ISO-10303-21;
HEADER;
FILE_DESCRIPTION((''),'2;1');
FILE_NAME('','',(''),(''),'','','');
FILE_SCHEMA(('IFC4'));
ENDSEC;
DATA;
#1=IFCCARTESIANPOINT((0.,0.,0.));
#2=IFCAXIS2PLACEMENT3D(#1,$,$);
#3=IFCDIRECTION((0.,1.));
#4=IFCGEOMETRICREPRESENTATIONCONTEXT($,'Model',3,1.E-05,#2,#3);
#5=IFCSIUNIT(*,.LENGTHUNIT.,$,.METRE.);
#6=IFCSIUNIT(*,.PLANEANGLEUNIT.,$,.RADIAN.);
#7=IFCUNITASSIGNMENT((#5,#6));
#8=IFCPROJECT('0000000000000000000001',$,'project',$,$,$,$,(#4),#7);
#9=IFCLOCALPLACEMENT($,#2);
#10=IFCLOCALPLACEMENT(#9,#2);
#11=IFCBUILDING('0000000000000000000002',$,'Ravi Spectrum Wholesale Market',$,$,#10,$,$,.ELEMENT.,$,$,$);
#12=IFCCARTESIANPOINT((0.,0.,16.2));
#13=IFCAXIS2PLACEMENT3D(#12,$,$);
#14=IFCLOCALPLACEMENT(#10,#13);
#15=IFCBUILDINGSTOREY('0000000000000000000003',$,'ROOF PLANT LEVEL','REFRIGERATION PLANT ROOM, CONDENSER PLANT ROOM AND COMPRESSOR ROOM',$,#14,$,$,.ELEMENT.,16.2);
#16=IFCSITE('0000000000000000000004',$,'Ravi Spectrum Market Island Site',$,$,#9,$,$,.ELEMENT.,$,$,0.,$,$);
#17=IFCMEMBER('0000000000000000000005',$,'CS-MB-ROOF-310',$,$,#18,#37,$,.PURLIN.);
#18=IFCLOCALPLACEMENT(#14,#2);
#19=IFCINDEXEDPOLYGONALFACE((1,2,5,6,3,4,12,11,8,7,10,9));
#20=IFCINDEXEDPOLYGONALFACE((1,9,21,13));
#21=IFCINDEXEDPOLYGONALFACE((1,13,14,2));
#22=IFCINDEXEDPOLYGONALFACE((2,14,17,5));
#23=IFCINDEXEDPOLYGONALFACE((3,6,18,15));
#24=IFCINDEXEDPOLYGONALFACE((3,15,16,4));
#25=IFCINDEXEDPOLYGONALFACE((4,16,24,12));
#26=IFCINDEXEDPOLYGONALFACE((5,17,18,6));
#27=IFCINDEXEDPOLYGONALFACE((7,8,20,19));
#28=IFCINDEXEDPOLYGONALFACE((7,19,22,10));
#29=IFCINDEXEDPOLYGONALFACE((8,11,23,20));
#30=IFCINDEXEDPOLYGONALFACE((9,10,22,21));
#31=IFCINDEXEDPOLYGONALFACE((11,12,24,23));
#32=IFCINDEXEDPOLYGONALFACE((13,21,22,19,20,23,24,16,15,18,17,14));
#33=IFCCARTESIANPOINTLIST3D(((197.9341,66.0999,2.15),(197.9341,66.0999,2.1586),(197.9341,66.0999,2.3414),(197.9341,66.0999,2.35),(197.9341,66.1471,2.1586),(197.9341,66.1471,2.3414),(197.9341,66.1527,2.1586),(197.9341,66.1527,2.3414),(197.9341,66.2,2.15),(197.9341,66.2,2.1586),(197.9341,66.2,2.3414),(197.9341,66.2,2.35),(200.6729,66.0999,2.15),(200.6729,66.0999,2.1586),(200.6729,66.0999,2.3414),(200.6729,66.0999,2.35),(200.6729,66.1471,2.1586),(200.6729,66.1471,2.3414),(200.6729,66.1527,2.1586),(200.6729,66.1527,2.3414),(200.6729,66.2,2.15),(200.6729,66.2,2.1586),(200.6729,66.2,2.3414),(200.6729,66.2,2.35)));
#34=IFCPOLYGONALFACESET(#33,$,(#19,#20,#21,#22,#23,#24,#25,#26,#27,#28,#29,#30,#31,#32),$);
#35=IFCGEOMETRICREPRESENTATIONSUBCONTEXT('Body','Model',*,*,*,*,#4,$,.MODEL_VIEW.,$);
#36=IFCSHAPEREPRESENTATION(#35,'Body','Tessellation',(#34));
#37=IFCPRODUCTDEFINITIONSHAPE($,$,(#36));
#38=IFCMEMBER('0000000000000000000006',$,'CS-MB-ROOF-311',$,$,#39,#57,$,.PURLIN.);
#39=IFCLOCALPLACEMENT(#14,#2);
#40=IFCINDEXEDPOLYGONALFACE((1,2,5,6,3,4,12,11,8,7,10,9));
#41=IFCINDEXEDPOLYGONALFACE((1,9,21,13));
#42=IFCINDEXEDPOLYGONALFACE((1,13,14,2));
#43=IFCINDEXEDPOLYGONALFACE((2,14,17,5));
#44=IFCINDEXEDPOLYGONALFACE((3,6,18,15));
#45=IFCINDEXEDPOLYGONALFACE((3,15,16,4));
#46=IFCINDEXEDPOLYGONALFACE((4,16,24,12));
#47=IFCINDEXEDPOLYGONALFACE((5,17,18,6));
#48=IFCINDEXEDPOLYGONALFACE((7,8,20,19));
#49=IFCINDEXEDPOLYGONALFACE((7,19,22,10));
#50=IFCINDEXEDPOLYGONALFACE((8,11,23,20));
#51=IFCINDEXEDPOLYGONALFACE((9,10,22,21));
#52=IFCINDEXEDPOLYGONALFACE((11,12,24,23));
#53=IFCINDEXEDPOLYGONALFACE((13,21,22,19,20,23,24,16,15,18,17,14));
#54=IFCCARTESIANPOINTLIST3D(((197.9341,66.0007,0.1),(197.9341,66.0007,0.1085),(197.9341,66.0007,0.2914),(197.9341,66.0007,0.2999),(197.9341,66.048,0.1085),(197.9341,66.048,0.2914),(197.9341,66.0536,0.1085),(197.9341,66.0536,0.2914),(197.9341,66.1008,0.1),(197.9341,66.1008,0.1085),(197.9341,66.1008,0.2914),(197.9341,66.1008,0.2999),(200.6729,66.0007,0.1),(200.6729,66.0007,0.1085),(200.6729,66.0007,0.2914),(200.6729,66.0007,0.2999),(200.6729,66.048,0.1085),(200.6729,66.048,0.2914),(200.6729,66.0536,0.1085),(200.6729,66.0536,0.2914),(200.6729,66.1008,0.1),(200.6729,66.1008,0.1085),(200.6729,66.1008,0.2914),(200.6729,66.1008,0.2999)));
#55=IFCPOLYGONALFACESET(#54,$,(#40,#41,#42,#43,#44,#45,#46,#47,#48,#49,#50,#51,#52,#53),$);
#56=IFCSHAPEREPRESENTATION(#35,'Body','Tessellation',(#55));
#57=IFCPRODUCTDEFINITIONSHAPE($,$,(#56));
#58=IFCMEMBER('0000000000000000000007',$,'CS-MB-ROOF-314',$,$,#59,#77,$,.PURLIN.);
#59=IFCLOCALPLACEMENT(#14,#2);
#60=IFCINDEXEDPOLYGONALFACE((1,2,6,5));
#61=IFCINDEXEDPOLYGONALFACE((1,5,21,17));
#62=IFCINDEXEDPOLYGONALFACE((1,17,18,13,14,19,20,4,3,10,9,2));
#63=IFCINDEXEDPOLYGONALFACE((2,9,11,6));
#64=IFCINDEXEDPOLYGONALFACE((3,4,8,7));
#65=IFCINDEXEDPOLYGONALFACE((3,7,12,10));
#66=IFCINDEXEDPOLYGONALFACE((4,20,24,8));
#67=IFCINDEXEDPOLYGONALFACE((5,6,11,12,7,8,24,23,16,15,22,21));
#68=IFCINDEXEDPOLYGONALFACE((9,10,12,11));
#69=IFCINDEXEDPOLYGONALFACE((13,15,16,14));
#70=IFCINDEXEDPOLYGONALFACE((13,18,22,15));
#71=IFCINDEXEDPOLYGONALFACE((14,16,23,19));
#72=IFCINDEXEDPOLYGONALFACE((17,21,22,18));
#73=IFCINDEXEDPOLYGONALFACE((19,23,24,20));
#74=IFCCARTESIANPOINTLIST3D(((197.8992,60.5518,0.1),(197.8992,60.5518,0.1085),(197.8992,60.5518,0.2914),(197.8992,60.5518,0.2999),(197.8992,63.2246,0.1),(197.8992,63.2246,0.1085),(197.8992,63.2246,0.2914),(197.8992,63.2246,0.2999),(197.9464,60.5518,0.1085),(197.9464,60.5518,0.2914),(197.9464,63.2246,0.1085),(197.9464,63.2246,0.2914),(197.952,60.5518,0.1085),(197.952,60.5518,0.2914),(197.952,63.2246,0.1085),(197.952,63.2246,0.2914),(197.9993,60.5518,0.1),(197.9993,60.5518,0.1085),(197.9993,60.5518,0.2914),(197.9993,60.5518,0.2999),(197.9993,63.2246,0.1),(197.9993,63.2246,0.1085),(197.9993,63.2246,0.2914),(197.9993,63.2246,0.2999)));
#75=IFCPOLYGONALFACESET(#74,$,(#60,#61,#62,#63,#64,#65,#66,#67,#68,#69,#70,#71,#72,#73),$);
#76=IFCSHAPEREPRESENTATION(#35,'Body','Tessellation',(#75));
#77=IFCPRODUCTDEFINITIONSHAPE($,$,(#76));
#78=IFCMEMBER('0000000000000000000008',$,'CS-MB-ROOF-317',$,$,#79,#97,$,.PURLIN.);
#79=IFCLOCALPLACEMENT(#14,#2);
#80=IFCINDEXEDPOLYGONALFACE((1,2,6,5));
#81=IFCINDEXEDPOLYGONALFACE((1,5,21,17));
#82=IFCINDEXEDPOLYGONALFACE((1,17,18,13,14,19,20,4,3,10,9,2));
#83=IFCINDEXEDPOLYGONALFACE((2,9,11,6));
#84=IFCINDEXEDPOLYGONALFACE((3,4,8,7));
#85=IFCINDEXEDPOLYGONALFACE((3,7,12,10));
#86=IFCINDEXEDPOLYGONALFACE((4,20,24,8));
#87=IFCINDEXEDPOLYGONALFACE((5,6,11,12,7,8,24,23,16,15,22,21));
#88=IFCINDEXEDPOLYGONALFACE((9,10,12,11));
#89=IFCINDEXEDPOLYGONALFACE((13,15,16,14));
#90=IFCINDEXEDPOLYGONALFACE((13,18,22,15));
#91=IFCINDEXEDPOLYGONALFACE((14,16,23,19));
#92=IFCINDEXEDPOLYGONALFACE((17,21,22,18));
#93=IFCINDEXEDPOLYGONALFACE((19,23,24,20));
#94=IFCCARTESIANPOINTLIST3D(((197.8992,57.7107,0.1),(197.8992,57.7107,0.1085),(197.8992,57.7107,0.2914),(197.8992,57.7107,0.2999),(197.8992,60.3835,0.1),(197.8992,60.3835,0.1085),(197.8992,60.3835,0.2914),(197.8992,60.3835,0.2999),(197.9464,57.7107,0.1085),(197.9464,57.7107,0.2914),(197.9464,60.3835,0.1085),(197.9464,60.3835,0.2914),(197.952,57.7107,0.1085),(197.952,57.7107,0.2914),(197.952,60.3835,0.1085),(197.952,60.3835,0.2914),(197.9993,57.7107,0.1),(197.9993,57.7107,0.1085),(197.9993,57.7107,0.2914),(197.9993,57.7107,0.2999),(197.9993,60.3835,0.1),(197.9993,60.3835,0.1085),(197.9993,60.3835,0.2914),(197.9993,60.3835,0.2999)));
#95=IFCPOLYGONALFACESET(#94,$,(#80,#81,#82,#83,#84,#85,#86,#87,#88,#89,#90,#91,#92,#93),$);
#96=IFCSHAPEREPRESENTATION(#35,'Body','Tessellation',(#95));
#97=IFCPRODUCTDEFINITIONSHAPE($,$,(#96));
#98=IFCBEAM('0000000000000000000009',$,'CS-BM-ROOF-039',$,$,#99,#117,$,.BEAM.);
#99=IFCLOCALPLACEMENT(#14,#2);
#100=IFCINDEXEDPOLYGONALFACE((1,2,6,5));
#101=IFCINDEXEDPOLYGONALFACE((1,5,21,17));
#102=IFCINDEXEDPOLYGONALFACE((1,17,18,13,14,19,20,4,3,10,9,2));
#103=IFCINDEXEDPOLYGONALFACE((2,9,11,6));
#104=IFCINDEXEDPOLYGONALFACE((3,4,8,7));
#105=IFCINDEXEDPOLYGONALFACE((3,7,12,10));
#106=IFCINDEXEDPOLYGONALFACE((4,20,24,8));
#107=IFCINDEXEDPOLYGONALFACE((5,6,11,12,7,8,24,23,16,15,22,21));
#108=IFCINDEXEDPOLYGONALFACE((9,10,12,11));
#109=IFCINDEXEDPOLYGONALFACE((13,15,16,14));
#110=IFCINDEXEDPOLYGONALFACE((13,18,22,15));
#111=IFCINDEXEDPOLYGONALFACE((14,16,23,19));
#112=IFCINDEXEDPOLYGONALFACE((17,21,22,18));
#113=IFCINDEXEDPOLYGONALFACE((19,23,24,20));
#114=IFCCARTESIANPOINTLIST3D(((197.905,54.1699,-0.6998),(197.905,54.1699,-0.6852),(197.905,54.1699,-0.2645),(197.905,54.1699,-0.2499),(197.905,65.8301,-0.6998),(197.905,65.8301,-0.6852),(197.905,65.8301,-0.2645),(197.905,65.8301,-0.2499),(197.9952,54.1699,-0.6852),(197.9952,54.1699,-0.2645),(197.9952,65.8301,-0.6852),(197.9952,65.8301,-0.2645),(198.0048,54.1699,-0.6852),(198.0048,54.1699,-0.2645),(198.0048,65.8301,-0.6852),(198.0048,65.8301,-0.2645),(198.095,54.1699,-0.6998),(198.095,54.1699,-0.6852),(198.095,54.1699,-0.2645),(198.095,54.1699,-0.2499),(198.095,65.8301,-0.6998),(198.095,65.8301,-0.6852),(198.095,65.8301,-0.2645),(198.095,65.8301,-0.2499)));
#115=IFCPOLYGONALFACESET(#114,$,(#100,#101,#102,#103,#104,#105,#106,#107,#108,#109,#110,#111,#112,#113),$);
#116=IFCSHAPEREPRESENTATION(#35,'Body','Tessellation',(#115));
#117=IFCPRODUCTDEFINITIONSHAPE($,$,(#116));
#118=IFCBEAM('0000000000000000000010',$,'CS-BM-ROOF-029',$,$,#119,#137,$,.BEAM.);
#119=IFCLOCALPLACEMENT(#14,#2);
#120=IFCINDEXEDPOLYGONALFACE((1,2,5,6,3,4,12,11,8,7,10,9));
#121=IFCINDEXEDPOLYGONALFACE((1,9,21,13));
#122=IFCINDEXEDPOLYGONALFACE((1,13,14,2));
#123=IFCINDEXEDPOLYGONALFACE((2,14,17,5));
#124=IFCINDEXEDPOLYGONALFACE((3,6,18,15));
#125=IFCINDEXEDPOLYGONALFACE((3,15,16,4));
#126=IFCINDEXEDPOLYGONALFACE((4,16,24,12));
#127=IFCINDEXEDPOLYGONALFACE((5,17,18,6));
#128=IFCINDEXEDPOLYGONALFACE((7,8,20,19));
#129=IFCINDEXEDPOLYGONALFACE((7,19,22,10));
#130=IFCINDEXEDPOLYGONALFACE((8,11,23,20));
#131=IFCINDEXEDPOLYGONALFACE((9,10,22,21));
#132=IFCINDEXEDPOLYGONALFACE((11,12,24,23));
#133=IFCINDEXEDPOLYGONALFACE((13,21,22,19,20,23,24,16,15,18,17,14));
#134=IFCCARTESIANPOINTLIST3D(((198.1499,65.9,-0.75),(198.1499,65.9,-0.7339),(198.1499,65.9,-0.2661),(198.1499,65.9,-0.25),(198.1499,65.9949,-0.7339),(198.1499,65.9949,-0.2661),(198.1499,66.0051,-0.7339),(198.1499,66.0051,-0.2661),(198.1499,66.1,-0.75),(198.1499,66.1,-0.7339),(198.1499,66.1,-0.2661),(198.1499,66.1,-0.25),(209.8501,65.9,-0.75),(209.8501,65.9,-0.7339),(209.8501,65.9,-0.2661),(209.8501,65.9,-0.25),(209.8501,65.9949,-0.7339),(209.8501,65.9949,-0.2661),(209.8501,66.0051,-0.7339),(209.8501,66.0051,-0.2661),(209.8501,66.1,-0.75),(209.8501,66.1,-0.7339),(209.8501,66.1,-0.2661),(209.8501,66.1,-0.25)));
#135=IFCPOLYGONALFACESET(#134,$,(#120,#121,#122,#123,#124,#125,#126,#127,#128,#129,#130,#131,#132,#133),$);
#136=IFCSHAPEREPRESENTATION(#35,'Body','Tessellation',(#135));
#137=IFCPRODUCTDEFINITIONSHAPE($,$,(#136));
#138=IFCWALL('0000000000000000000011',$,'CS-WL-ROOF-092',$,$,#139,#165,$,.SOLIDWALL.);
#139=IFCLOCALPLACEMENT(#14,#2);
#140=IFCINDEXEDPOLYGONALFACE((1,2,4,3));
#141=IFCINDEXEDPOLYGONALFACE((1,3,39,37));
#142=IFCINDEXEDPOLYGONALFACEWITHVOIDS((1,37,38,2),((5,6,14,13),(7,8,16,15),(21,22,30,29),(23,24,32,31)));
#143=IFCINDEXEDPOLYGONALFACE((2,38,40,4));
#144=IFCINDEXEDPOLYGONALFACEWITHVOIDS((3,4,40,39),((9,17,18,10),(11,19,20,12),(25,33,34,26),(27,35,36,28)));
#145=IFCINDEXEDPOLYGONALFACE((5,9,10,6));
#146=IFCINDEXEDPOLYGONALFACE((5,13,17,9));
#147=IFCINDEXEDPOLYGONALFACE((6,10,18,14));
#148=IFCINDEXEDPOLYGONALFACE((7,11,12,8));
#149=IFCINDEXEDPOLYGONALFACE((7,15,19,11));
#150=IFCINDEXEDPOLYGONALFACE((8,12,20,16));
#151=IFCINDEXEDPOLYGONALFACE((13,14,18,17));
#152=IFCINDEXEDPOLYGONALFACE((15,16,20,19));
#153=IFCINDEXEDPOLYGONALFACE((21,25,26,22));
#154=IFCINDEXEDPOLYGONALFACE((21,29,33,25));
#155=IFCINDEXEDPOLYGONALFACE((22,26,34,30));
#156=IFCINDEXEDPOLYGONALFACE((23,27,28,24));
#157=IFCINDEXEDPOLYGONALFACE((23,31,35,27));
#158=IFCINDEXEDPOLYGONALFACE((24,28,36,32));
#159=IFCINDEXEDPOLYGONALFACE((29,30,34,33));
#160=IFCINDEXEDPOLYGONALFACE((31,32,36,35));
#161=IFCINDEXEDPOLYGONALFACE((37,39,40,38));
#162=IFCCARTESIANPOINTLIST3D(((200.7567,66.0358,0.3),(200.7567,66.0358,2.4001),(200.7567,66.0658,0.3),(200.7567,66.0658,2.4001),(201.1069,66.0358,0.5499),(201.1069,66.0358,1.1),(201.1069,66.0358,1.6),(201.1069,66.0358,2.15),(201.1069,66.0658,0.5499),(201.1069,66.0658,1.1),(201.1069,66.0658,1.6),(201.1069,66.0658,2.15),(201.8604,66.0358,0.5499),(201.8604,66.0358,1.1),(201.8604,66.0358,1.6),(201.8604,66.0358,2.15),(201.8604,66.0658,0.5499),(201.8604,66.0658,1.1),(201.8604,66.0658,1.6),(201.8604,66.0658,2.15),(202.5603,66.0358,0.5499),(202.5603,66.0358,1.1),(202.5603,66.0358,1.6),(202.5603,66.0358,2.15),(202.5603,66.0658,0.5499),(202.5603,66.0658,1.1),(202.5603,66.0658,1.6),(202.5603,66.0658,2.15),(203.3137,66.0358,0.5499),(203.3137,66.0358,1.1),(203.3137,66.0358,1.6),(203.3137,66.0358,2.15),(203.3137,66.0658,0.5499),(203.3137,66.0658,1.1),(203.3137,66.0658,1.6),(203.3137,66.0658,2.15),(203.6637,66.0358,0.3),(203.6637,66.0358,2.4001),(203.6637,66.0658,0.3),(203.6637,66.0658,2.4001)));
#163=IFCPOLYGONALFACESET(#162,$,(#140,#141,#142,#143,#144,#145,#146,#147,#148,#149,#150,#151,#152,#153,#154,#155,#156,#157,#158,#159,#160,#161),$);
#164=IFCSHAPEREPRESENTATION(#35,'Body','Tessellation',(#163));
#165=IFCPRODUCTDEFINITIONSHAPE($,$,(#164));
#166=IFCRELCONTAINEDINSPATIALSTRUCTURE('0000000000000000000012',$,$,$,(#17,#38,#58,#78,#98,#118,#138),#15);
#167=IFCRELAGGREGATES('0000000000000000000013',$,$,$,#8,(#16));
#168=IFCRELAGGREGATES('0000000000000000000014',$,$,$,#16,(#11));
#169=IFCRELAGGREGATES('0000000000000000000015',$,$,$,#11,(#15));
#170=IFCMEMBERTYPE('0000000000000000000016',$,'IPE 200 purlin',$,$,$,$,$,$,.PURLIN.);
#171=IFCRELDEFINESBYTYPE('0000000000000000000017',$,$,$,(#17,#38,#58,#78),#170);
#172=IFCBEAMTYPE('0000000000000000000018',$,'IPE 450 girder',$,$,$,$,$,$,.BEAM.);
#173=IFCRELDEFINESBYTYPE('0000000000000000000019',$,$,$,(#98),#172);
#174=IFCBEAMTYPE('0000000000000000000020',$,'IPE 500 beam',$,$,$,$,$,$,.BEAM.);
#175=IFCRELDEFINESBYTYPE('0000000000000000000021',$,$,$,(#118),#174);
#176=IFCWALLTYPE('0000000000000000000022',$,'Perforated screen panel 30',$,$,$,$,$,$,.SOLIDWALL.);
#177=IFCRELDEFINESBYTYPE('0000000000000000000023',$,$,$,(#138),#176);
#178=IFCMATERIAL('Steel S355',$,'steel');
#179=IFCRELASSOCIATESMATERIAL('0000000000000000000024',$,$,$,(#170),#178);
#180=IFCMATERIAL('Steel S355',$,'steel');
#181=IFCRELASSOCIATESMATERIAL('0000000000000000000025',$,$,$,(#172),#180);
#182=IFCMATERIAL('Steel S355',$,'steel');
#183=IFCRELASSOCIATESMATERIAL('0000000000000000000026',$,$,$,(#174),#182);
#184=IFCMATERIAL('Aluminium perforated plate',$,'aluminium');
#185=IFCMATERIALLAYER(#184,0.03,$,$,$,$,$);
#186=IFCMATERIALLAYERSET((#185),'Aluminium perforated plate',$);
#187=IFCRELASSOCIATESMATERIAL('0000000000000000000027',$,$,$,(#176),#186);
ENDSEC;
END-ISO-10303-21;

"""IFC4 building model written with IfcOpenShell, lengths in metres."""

from ifc_helpers import new_model, si_unit, direction, frame, frame_2d, origin, origin_2d, place, context, subcontext, project, spatial, rectangle, i_section, extrude, material, layer, layer_set, material_profile, profile_set, type_object, element, save


model = new_model("IFC4")

# Units and contexts
model_context = context("Model", 3, precision=1e-05, world=origin(), true_north=direction((0.0, 1.0)))
body_context = subcontext(model_context, "Body", "Model", "MODEL_VIEW")
ifc_project = project(units=[si_unit("LENGTHUNIT", "METRE"), si_unit("PLANEANGLEUNIT", "RADIAN")], contexts=[model_context])

# Site, building, storey
site_placement = place(None, origin())
site = spatial("IfcSite", under=ifc_project, at=site_placement, Name="Ravi Spectrum Market Island Site", CompositionType="ELEMENT", RefElevation=0.0)
building_placement = place(site_placement, origin())
building = spatial("IfcBuilding", under=site, at=building_placement, Name="Ravi Spectrum Wholesale Market", CompositionType="ELEMENT")
storey_placement = place(building_placement, frame((0.0, 0.0, 16.2)))
storey = spatial("IfcBuildingStorey", under=building, at=storey_placement, Name="ROOF PLANT LEVEL", Description="REFRIGERATION PLANT ROOM, CONDENSER PLANT ROOM AND COMPRESSOR ROOM", CompositionType="ELEMENT", Elevation=16.2)

# Members
ifc_material_1 = material(Name="Steel S355", Category="steel")
ifc_material_profile_1 = material_profile(ifc_material_1, i_section(OverallWidth=0.1001, OverallDepth=0.2, WebThickness=0.0056, FlangeThickness=0.0085, at=origin_2d()))
ifc_profile_set_1 = profile_set([ifc_material_profile_1], Name="Steel S355")
member_type_1 = type_object("IfcMemberType", Name="IPE 200 purlin", PredefinedType="PURLIN", material=ifc_profile_set_1)
for number, where, z_axis, x_axis, name in (
    (1, (200.6729, 66.1499, 2.25), (-1.0, 0.0, 0.0), (0.0, -1.0, 0.0), "CS-MB-ROOF-310"),
    (2, (200.6729, 66.0508, 0.2), (-1.0, 0.0, 0.0), (0.0, -1.0, 0.0), "CS-MB-ROOF-311"),
):
    element("IfcMember", number, at=place(storey_placement, frame(where, z_axis=z_axis, x_axis=x_axis)), inside=storey, type_object=member_type_1, Name=name, PredefinedType="PURLIN", context=body_context, shape_type="SweptSolid", body=[
        extrude(i_section(OverallWidth=0.1001, OverallDepth=0.2, WebThickness=0.0056, FlangeThickness=0.0085, at=origin_2d()), origin(), (0.0, 0.0, 1.0), 2.7388),
    ])
for number, where, z_axis, x_axis, name in (
    (3, (197.9492, 63.2246, 0.2), (0.0, -1.0, 0.0), (1.0, 0.0, 0.0), "CS-MB-ROOF-314"),
    (4, (197.9492, 60.3835, 0.2), (0.0, -1.0, 0.0), (1.0, 0.0, 0.0), "CS-MB-ROOF-317"),
):
    element("IfcMember", number, at=place(storey_placement, frame(where, z_axis=z_axis, x_axis=x_axis)), inside=storey, type_object=member_type_1, Name=name, PredefinedType="PURLIN", context=body_context, shape_type="SweptSolid", body=[
        extrude(i_section(OverallWidth=0.1001, OverallDepth=0.2, WebThickness=0.0056, FlangeThickness=0.0085, at=origin_2d()), origin(), (0.0, 0.0, 1.0), 2.6729),
    ])

# Beams
ifc_material_2 = material(Name="Steel S355", Category="steel")
ifc_material_profile_2 = material_profile(ifc_material_2, i_section(OverallWidth=0.1899, OverallDepth=0.45, WebThickness=0.0095, FlangeThickness=0.0146, at=origin_2d()))
ifc_profile_set_2 = profile_set([ifc_material_profile_2], Name="Steel S355")
beam_type_1 = type_object("IfcBeamType", Name="IPE 450 girder", PredefinedType="BEAM", material=ifc_profile_set_2)
beam_1_placement = place(storey_placement, frame((198.0, 54.1699, -0.4749), z_axis=(0.0, 1.0, 0.0), x_axis=(-1.0, 0.0, 0.0)))
element("IfcBeam", 5, at=beam_1_placement, inside=storey, type_object=beam_type_1, Name="CS-BM-ROOF-039", PredefinedType="BEAM", context=body_context, shape_type="SweptSolid", body=[
    extrude(i_section(OverallWidth=0.1899, OverallDepth=0.45, WebThickness=0.0095, FlangeThickness=0.0146, at=origin_2d()), origin(), (0.0, 0.0, 1.0), 11.6602),
])
ifc_material_3 = material(Name="Steel S355", Category="steel")
ifc_material_profile_3 = material_profile(ifc_material_3, i_section(OverallWidth=0.2, OverallDepth=0.5, WebThickness=0.0103, FlangeThickness=0.0161, at=origin_2d()))
ifc_profile_set_3 = profile_set([ifc_material_profile_3], Name="Steel S355")
beam_type_2 = type_object("IfcBeamType", Name="IPE 500 beam", PredefinedType="BEAM", material=ifc_profile_set_3)
beam_2_placement = place(storey_placement, frame((198.1499, 66.0, -0.5), z_axis=(1.0, 0.0, 0.0), x_axis=(0.0, 1.0, 0.0)))
element("IfcBeam", 6, at=beam_2_placement, inside=storey, type_object=beam_type_2, Name="CS-BM-ROOF-029", PredefinedType="BEAM", context=body_context, shape_type="SweptSolid", body=[
    extrude(i_section(OverallWidth=0.2, OverallDepth=0.5, WebThickness=0.0103, FlangeThickness=0.0161, at=origin_2d()), origin(), (0.0, 0.0, 1.0), 11.7002),
])

# Wall, openings
ifc_material_4 = material(Name="Aluminium perforated plate", Category="aluminium")
ifc_layer = layer(ifc_material_4, 0.03)
ifc_layer_set = layer_set([ifc_layer], Name="Aluminium perforated plate")
wall_type = type_object("IfcWallType", Name="Perforated screen panel 30", PredefinedType="SOLIDWALL", material=ifc_layer_set)
wall_1_placement = place(storey_placement, frame((203.6638, 66.0508, 0.3), z_axis=(0.0, 0.0, 1.0), x_axis=(-1.0, 0.0, 0.0)))
wall_1 = element("IfcWall", 7, at=wall_1_placement, inside=storey, type_object=wall_type, Name="CS-WL-ROOF-092", PredefinedType="SOLIDWALL", context=body_context, shape_type="SweptSolid", body=[
    extrude(rectangle(XDim=2.907, YDim=0.03, at=frame_2d((1.4536, 0.0))), origin(), (0.0, 0.0, 1.0), 2.1001),
])
opening_1_placement = place(wall_1_placement, frame((0.3501, 0.0, 0.25)))
element("IfcOpeningElement", 8, at=opening_1_placement, cuts=wall_1, PredefinedType="OPENING", context=body_context, shape_type="SweptSolid", body=[
    extrude(rectangle(XDim=0.7534, YDim=0.55, at=frame_2d((0.3767, 0.2749))), frame((0.0, 0.0249, 0.0), z_axis=(0.0, -1.0, 0.0), x_axis=(1.0, 0.0, 0.0)), (0.0, 0.0, 1.0), 0.05),
])
opening_2_placement = place(wall_1_placement, frame((0.3501, 0.0, 1.3)))
element("IfcOpeningElement", 9, at=opening_2_placement, cuts=wall_1, PredefinedType="OPENING", context=body_context, shape_type="SweptSolid", body=[
    extrude(rectangle(XDim=0.7534, YDim=0.55, at=frame_2d((0.3767, 0.2749))), frame((0.0, 0.0249, 0.0), z_axis=(0.0, -1.0, 0.0), x_axis=(1.0, 0.0, 0.0)), (0.0, 0.0, 1.0), 0.05),
])
opening_3_placement = place(wall_1_placement, frame((1.8035, 0.0, 0.25)))
element("IfcOpeningElement", 10, at=opening_3_placement, cuts=wall_1, PredefinedType="OPENING", context=body_context, shape_type="SweptSolid", body=[
    extrude(rectangle(XDim=0.7534, YDim=0.55, at=frame_2d((0.3767, 0.2749))), frame((0.0, 0.0249, 0.0), z_axis=(0.0, -1.0, 0.0), x_axis=(1.0, 0.0, 0.0)), (0.0, 0.0, 1.0), 0.05),
])
opening_4_placement = place(wall_1_placement, frame((1.8035, 0.0, 1.3)))
element("IfcOpeningElement", 11, at=opening_4_placement, cuts=wall_1, PredefinedType="OPENING", context=body_context, shape_type="SweptSolid", body=[
    extrude(rectangle(XDim=0.7534, YDim=0.55, at=frame_2d((0.3767, 0.2749))), frame((0.0, 0.0249, 0.0), z_axis=(0.0, -1.0, 0.0), x_axis=(1.0, 0.0, 0.0)), (0.0, 0.0, 1.0), 0.05),
])

save(model, "model.ifc")
